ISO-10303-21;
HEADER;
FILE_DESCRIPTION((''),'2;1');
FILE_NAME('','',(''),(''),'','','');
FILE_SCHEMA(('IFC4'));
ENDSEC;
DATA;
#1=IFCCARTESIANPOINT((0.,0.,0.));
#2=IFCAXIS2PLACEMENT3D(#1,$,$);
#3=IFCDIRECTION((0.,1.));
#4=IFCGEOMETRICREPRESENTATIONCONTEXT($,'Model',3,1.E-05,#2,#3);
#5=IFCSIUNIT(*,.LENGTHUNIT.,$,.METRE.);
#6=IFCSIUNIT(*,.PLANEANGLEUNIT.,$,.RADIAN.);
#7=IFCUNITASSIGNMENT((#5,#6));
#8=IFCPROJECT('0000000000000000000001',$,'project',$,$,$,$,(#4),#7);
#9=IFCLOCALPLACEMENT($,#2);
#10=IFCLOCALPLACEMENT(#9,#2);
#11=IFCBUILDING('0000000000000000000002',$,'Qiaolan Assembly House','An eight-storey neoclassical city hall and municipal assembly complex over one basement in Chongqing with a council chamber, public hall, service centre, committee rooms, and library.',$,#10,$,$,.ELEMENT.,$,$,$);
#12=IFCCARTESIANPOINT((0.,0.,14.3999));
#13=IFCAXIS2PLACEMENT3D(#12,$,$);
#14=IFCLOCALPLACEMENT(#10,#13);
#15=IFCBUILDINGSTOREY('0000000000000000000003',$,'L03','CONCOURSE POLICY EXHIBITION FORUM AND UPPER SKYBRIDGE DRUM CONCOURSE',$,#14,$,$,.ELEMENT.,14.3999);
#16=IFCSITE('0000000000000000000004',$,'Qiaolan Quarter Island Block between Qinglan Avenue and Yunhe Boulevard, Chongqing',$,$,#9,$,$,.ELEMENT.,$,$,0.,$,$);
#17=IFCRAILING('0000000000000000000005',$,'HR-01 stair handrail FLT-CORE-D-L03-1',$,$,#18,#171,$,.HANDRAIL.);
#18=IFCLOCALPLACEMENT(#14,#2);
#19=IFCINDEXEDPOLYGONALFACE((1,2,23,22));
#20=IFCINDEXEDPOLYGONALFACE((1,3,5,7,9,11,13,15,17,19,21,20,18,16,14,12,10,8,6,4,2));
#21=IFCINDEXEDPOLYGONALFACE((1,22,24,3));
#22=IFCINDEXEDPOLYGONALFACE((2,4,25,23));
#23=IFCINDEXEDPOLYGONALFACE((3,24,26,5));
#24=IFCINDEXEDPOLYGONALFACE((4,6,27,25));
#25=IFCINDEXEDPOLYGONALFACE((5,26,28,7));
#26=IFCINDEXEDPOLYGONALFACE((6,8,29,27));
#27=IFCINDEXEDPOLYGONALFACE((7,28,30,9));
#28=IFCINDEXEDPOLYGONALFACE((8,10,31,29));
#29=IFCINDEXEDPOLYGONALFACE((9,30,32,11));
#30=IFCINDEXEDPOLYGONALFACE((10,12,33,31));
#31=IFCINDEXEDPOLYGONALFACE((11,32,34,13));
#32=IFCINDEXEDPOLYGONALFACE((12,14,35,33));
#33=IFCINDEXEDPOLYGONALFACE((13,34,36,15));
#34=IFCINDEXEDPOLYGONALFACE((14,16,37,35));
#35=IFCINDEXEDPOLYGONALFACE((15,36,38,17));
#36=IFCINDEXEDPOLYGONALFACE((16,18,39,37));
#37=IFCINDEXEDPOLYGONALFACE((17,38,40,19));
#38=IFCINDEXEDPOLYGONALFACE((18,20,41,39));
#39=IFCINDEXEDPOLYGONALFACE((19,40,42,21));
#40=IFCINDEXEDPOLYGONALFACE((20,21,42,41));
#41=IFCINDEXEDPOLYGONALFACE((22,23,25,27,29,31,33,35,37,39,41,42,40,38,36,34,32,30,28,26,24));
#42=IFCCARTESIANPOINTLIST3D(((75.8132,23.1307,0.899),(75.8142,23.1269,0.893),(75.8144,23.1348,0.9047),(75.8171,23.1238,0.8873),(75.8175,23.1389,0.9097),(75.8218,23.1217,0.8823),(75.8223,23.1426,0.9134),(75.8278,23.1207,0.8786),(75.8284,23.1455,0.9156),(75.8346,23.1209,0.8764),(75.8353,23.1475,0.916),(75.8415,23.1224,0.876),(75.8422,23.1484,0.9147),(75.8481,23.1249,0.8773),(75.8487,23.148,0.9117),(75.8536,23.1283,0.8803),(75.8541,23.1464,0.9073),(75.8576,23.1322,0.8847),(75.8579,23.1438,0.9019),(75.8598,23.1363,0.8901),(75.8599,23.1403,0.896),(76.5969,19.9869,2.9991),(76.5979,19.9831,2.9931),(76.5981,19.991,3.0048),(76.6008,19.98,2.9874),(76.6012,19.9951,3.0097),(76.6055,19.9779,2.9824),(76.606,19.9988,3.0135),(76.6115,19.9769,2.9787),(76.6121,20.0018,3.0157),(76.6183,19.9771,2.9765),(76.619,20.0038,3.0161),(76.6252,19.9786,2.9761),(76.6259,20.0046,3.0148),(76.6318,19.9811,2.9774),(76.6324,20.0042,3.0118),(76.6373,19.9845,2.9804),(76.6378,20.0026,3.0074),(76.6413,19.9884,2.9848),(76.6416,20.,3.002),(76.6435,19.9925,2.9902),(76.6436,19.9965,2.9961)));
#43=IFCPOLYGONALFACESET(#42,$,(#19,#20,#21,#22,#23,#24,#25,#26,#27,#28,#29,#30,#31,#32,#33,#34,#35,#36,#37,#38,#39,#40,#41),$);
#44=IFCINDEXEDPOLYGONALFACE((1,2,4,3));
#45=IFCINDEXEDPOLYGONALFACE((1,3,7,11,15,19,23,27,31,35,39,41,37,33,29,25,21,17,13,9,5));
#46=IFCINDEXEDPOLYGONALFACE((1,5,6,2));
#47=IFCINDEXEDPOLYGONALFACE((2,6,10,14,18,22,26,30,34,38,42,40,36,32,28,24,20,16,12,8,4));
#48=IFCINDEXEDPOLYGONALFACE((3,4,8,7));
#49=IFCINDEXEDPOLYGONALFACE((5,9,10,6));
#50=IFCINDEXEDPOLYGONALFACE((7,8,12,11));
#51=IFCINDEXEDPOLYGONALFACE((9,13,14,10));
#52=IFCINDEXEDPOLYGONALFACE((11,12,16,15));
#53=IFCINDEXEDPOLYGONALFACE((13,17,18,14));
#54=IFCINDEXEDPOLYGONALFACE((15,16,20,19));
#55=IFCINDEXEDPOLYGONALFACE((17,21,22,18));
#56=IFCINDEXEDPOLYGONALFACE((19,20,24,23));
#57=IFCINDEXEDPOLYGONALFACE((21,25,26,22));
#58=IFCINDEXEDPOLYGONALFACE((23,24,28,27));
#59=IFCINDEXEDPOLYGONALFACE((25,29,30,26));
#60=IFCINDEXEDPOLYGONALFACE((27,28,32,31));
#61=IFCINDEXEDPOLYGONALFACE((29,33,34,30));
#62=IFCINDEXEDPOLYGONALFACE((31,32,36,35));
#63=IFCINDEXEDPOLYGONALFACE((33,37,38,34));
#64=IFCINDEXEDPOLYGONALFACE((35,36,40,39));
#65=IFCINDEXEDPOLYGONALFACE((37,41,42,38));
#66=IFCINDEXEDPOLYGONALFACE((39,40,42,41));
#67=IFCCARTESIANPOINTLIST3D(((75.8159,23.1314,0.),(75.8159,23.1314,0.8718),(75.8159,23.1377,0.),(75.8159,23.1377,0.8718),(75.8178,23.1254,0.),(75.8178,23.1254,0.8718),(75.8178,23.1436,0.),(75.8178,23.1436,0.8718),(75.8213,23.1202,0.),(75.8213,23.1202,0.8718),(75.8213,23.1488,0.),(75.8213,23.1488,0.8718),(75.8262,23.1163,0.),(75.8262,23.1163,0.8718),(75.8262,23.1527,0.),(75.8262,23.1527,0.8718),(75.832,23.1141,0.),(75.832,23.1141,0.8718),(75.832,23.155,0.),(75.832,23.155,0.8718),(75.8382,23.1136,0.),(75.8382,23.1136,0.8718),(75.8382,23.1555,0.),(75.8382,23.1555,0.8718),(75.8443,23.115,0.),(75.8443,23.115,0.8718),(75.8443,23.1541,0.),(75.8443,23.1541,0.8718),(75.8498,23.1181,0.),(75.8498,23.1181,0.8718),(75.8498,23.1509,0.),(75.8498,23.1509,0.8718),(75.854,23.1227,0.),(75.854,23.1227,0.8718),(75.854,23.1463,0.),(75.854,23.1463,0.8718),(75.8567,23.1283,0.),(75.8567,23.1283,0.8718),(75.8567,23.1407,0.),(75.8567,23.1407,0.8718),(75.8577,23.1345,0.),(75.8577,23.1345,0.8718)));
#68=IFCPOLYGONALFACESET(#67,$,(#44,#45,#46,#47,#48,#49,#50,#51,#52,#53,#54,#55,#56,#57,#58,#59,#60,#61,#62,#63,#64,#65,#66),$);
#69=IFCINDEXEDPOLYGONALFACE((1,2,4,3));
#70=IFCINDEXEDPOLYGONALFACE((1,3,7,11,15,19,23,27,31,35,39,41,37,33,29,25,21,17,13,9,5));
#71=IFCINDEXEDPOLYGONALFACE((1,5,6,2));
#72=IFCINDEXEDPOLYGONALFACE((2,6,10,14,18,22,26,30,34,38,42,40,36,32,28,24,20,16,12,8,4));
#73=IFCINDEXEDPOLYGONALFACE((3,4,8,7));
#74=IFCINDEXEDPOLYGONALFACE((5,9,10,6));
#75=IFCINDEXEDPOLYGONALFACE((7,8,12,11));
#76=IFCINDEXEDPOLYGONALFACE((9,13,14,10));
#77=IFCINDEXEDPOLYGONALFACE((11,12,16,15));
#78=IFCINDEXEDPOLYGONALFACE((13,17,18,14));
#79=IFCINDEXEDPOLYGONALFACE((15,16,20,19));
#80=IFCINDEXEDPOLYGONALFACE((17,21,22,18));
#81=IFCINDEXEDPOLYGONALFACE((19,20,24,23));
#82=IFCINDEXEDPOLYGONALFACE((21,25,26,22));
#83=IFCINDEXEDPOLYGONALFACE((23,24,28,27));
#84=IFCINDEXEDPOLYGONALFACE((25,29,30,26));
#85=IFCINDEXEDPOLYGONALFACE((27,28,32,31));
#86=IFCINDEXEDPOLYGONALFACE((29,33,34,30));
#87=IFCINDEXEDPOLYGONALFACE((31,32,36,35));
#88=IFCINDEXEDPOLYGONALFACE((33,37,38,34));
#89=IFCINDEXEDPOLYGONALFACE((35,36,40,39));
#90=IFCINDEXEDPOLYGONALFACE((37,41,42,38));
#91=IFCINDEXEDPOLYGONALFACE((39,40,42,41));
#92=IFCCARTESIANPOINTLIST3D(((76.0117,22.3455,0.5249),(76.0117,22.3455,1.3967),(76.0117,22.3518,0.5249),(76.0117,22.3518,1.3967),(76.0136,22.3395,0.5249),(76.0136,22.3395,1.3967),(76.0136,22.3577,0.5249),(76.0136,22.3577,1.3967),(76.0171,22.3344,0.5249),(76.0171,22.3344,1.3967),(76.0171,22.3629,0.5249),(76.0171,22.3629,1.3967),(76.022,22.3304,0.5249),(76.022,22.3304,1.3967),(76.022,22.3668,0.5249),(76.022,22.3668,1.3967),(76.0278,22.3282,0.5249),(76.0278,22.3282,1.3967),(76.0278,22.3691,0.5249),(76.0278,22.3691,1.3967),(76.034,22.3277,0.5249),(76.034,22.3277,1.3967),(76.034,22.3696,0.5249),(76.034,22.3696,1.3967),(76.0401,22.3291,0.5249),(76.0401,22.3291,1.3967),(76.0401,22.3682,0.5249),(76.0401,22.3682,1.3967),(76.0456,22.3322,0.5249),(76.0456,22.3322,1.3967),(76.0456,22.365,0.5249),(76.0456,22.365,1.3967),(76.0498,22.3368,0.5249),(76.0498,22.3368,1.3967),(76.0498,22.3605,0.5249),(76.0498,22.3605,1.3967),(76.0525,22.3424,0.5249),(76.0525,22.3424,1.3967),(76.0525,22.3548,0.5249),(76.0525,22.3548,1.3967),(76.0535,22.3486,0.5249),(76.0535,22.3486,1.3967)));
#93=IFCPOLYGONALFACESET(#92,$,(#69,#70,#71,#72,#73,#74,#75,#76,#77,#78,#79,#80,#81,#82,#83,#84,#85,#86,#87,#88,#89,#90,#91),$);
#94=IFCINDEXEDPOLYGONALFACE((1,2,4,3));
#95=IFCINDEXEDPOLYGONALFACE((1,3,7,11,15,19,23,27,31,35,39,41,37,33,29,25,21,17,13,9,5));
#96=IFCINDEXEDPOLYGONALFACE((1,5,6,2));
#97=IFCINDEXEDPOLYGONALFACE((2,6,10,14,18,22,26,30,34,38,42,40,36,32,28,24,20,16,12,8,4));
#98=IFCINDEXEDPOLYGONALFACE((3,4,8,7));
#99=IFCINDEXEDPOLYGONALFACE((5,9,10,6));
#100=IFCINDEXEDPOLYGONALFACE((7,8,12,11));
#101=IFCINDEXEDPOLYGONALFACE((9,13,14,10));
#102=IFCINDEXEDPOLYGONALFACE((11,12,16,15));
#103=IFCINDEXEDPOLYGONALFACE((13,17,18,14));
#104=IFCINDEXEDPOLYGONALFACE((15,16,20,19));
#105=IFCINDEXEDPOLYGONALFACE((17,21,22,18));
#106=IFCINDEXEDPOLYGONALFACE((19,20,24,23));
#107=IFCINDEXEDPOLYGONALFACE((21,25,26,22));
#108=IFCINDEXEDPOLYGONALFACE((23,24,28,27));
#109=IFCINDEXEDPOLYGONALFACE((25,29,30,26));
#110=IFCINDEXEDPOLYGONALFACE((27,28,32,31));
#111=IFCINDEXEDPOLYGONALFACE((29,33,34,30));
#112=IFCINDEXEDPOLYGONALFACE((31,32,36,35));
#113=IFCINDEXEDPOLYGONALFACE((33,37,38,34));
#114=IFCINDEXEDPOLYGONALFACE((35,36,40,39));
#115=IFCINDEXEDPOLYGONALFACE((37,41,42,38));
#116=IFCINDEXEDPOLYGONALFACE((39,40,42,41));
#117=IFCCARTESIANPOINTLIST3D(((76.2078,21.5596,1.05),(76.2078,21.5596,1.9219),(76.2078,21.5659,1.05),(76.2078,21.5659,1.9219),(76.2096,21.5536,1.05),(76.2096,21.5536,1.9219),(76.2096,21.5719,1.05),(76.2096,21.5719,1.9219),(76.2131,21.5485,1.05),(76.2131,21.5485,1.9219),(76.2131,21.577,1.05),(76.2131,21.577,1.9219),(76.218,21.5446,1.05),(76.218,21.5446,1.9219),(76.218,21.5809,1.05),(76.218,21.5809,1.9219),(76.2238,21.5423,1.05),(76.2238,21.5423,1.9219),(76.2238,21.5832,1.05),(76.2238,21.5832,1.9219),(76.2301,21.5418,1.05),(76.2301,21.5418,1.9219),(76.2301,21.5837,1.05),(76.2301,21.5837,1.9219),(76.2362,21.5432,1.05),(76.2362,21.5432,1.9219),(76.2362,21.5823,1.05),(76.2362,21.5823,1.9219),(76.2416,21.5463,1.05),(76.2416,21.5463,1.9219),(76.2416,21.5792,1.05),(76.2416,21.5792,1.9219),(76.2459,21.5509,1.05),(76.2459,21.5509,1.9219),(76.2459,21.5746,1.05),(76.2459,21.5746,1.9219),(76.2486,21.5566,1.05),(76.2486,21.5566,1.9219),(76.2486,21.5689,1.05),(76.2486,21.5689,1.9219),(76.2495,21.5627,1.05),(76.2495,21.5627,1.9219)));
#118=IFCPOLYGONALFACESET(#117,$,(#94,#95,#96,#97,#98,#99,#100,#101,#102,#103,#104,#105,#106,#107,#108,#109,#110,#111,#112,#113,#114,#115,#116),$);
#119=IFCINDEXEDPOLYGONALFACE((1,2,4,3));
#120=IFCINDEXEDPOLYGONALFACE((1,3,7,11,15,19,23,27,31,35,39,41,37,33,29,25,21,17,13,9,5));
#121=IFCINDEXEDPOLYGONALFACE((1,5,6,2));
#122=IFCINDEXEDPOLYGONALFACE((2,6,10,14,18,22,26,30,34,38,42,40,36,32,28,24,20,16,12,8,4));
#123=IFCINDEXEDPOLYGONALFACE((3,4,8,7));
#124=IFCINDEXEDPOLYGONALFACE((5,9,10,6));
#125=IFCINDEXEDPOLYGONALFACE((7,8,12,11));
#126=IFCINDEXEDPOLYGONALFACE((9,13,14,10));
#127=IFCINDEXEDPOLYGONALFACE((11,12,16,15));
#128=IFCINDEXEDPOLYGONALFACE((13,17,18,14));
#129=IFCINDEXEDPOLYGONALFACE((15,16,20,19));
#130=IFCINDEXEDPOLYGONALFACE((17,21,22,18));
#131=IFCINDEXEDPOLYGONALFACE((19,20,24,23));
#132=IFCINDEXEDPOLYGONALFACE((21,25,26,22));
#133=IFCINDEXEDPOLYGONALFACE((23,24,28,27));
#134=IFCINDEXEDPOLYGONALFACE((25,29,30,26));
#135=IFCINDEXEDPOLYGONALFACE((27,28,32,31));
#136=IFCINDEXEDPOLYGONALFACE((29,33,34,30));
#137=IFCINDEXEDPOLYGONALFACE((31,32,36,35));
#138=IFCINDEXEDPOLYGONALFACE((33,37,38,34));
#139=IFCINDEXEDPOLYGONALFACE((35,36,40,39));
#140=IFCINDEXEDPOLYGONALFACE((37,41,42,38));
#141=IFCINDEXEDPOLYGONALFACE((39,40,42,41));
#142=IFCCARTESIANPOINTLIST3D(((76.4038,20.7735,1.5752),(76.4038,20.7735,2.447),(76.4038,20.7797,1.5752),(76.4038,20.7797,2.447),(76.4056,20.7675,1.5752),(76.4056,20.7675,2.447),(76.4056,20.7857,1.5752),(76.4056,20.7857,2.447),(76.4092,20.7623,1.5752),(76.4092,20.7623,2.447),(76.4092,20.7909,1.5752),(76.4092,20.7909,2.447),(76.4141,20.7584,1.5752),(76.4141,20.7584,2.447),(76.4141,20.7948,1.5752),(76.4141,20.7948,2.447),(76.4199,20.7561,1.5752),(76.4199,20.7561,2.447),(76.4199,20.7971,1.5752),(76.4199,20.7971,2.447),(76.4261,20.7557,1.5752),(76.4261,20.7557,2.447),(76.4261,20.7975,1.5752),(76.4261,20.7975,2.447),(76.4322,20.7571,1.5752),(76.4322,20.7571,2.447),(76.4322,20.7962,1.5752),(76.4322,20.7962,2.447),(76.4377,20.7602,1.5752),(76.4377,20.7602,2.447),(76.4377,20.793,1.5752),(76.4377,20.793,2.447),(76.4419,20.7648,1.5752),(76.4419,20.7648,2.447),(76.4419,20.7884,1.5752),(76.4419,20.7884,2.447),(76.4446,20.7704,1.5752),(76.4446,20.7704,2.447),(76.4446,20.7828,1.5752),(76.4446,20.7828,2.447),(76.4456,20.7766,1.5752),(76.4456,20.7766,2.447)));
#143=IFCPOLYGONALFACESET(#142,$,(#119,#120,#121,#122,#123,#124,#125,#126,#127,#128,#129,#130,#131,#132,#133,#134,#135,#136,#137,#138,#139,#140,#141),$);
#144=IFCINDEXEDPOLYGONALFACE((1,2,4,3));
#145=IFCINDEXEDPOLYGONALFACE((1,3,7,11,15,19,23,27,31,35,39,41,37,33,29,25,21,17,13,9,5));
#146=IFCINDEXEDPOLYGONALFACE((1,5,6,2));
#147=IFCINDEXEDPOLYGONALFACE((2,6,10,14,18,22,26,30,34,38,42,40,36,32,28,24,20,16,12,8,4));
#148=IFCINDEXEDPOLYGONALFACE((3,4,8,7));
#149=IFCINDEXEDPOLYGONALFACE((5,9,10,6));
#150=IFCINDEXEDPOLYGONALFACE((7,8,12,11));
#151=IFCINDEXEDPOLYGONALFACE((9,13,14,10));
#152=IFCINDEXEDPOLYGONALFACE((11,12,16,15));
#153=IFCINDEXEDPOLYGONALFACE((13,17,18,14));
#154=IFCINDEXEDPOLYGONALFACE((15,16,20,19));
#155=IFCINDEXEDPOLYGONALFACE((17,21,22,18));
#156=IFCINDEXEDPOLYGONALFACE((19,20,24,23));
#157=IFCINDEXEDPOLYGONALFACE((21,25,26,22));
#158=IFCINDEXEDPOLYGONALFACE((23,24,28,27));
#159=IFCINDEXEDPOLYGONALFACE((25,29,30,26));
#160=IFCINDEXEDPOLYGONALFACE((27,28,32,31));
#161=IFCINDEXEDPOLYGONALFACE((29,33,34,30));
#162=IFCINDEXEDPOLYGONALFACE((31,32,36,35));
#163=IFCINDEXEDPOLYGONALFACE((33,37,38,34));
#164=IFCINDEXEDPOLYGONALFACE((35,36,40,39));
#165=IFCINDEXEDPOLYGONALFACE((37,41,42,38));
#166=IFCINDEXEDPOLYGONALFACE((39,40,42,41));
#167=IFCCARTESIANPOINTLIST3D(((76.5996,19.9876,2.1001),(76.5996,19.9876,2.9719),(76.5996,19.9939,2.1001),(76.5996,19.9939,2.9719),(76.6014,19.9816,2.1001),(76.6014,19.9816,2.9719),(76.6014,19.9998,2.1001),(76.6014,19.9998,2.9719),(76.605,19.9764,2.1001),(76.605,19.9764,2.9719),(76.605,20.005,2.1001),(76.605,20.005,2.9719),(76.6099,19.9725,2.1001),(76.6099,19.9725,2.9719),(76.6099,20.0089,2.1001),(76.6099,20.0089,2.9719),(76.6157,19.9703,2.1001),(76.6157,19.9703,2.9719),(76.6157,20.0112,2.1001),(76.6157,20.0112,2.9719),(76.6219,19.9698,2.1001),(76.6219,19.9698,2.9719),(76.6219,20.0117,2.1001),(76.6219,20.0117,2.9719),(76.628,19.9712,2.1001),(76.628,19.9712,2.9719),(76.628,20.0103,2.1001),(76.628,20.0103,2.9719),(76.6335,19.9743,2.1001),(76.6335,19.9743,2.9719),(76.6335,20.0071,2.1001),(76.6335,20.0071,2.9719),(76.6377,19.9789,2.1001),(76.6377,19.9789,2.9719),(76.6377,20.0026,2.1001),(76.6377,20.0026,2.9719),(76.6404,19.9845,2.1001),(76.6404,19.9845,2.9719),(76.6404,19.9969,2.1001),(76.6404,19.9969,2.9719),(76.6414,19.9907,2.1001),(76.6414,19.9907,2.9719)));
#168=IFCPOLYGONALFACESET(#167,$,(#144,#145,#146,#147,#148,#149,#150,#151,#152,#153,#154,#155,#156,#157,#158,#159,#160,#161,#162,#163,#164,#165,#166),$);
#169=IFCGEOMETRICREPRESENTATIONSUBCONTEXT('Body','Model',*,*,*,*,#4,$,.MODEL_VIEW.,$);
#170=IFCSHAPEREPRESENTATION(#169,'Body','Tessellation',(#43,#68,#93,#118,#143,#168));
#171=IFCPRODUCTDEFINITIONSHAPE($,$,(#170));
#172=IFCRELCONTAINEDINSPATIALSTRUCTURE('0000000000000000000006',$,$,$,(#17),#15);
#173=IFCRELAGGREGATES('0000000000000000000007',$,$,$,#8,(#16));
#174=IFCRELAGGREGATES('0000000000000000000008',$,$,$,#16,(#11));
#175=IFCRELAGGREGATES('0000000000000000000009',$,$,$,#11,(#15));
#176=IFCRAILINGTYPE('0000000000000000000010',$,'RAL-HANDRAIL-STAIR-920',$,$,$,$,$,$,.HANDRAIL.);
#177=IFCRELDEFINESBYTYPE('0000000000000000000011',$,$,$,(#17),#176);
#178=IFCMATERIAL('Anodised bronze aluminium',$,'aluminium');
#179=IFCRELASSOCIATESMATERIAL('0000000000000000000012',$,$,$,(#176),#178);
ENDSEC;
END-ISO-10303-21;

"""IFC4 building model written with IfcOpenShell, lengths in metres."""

from ifc_helpers import new_model, si_unit, direction, frame, origin, origin_2d, place, context, subcontext, project, spatial, circle, extrude, material, type_object, element, save


model = new_model("IFC4")

# Units and contexts
model_context = context("Model", 3, precision=1e-05, world=origin(), true_north=direction((0.0, 1.0)))
body_context = subcontext(model_context, "Body", "Model", "MODEL_VIEW")
ifc_project = project(units=[si_unit("LENGTHUNIT", "METRE"), si_unit("PLANEANGLEUNIT", "RADIAN")], contexts=[model_context])

# Site, building, storey
site_placement = place(None, origin())
site = spatial("IfcSite", under=ifc_project, at=site_placement, Name="Qiaolan Quarter Island Block between Qinglan Avenue and Yunhe Boulevard, Chongqing", CompositionType="ELEMENT", RefElevation=0.0)
building_placement = place(site_placement, origin())
building = spatial("IfcBuilding", under=site, at=building_placement, Name="Qiaolan Assembly House", Description="An eight-storey neoclassical city hall and municipal assembly complex over one basement in Chongqing with a council chamber, public hall, service centre, committee rooms, and library.", CompositionType="ELEMENT")
storey_placement = place(building_placement, frame((0.0, 0.0, 14.3999)))
storey = spatial("IfcBuildingStorey", under=building, at=storey_placement, Name="L03", Description="CONCOURSE POLICY EXHIBITION FORUM AND UPPER SKYBRIDGE DRUM CONCOURSE", CompositionType="ELEMENT", Elevation=14.3999)

# Railing
ifc_material_1 = material(Name="Anodised bronze aluminium", Category="aluminium")
railing_type_1 = type_object("IfcRailingType", Name="RAL-HANDRAIL-STAIR-920", PredefinedType="HANDRAIL", material=ifc_material_1)
railing_1_placement = place(storey_placement, frame((75.8367, 23.1345, 0.0)))
element("IfcRailing", 1, at=railing_1_placement, inside=storey, type_object=railing_type_1, Name="HR-01 stair handrail FLT-CORE-D-L03-1", PredefinedType="HANDRAIL", context=body_context, shape_type="SweptSolid", body=[
    extrude(circle(Radius=0.0239, at=origin_2d()), frame((0.0, 0.0, 0.896), z_axis=(0.202971, -0.814225, 0.543912), x_axis=(0.970306, 0.24188, 0.0)), (0.0, 0.0, 1.0), 3.8611),
    extrude(circle(Radius=0.021, at=origin_2d()), origin(), (0.0, 0.0, 1.0), 0.8718),
    extrude(circle(Radius=0.021, at=origin_2d()), frame((0.1958, -0.7859, 0.5249)), (0.0, 0.0, 1.0), 0.8718),
    extrude(circle(Radius=0.021, at=origin_2d()), frame((0.3918, -1.5718, 1.05)), (0.0, 0.0, 1.0), 0.8718),
    extrude(circle(Radius=0.021, at=origin_2d()), frame((0.5879, -2.3579, 1.5752)), (0.0, 0.0, 1.0), 0.8718),
    extrude(circle(Radius=0.021, at=origin_2d()), frame((0.7837, -3.1438, 2.1001)), (0.0, 0.0, 1.0), 0.8718),
])

save(model, "model.ifc")
